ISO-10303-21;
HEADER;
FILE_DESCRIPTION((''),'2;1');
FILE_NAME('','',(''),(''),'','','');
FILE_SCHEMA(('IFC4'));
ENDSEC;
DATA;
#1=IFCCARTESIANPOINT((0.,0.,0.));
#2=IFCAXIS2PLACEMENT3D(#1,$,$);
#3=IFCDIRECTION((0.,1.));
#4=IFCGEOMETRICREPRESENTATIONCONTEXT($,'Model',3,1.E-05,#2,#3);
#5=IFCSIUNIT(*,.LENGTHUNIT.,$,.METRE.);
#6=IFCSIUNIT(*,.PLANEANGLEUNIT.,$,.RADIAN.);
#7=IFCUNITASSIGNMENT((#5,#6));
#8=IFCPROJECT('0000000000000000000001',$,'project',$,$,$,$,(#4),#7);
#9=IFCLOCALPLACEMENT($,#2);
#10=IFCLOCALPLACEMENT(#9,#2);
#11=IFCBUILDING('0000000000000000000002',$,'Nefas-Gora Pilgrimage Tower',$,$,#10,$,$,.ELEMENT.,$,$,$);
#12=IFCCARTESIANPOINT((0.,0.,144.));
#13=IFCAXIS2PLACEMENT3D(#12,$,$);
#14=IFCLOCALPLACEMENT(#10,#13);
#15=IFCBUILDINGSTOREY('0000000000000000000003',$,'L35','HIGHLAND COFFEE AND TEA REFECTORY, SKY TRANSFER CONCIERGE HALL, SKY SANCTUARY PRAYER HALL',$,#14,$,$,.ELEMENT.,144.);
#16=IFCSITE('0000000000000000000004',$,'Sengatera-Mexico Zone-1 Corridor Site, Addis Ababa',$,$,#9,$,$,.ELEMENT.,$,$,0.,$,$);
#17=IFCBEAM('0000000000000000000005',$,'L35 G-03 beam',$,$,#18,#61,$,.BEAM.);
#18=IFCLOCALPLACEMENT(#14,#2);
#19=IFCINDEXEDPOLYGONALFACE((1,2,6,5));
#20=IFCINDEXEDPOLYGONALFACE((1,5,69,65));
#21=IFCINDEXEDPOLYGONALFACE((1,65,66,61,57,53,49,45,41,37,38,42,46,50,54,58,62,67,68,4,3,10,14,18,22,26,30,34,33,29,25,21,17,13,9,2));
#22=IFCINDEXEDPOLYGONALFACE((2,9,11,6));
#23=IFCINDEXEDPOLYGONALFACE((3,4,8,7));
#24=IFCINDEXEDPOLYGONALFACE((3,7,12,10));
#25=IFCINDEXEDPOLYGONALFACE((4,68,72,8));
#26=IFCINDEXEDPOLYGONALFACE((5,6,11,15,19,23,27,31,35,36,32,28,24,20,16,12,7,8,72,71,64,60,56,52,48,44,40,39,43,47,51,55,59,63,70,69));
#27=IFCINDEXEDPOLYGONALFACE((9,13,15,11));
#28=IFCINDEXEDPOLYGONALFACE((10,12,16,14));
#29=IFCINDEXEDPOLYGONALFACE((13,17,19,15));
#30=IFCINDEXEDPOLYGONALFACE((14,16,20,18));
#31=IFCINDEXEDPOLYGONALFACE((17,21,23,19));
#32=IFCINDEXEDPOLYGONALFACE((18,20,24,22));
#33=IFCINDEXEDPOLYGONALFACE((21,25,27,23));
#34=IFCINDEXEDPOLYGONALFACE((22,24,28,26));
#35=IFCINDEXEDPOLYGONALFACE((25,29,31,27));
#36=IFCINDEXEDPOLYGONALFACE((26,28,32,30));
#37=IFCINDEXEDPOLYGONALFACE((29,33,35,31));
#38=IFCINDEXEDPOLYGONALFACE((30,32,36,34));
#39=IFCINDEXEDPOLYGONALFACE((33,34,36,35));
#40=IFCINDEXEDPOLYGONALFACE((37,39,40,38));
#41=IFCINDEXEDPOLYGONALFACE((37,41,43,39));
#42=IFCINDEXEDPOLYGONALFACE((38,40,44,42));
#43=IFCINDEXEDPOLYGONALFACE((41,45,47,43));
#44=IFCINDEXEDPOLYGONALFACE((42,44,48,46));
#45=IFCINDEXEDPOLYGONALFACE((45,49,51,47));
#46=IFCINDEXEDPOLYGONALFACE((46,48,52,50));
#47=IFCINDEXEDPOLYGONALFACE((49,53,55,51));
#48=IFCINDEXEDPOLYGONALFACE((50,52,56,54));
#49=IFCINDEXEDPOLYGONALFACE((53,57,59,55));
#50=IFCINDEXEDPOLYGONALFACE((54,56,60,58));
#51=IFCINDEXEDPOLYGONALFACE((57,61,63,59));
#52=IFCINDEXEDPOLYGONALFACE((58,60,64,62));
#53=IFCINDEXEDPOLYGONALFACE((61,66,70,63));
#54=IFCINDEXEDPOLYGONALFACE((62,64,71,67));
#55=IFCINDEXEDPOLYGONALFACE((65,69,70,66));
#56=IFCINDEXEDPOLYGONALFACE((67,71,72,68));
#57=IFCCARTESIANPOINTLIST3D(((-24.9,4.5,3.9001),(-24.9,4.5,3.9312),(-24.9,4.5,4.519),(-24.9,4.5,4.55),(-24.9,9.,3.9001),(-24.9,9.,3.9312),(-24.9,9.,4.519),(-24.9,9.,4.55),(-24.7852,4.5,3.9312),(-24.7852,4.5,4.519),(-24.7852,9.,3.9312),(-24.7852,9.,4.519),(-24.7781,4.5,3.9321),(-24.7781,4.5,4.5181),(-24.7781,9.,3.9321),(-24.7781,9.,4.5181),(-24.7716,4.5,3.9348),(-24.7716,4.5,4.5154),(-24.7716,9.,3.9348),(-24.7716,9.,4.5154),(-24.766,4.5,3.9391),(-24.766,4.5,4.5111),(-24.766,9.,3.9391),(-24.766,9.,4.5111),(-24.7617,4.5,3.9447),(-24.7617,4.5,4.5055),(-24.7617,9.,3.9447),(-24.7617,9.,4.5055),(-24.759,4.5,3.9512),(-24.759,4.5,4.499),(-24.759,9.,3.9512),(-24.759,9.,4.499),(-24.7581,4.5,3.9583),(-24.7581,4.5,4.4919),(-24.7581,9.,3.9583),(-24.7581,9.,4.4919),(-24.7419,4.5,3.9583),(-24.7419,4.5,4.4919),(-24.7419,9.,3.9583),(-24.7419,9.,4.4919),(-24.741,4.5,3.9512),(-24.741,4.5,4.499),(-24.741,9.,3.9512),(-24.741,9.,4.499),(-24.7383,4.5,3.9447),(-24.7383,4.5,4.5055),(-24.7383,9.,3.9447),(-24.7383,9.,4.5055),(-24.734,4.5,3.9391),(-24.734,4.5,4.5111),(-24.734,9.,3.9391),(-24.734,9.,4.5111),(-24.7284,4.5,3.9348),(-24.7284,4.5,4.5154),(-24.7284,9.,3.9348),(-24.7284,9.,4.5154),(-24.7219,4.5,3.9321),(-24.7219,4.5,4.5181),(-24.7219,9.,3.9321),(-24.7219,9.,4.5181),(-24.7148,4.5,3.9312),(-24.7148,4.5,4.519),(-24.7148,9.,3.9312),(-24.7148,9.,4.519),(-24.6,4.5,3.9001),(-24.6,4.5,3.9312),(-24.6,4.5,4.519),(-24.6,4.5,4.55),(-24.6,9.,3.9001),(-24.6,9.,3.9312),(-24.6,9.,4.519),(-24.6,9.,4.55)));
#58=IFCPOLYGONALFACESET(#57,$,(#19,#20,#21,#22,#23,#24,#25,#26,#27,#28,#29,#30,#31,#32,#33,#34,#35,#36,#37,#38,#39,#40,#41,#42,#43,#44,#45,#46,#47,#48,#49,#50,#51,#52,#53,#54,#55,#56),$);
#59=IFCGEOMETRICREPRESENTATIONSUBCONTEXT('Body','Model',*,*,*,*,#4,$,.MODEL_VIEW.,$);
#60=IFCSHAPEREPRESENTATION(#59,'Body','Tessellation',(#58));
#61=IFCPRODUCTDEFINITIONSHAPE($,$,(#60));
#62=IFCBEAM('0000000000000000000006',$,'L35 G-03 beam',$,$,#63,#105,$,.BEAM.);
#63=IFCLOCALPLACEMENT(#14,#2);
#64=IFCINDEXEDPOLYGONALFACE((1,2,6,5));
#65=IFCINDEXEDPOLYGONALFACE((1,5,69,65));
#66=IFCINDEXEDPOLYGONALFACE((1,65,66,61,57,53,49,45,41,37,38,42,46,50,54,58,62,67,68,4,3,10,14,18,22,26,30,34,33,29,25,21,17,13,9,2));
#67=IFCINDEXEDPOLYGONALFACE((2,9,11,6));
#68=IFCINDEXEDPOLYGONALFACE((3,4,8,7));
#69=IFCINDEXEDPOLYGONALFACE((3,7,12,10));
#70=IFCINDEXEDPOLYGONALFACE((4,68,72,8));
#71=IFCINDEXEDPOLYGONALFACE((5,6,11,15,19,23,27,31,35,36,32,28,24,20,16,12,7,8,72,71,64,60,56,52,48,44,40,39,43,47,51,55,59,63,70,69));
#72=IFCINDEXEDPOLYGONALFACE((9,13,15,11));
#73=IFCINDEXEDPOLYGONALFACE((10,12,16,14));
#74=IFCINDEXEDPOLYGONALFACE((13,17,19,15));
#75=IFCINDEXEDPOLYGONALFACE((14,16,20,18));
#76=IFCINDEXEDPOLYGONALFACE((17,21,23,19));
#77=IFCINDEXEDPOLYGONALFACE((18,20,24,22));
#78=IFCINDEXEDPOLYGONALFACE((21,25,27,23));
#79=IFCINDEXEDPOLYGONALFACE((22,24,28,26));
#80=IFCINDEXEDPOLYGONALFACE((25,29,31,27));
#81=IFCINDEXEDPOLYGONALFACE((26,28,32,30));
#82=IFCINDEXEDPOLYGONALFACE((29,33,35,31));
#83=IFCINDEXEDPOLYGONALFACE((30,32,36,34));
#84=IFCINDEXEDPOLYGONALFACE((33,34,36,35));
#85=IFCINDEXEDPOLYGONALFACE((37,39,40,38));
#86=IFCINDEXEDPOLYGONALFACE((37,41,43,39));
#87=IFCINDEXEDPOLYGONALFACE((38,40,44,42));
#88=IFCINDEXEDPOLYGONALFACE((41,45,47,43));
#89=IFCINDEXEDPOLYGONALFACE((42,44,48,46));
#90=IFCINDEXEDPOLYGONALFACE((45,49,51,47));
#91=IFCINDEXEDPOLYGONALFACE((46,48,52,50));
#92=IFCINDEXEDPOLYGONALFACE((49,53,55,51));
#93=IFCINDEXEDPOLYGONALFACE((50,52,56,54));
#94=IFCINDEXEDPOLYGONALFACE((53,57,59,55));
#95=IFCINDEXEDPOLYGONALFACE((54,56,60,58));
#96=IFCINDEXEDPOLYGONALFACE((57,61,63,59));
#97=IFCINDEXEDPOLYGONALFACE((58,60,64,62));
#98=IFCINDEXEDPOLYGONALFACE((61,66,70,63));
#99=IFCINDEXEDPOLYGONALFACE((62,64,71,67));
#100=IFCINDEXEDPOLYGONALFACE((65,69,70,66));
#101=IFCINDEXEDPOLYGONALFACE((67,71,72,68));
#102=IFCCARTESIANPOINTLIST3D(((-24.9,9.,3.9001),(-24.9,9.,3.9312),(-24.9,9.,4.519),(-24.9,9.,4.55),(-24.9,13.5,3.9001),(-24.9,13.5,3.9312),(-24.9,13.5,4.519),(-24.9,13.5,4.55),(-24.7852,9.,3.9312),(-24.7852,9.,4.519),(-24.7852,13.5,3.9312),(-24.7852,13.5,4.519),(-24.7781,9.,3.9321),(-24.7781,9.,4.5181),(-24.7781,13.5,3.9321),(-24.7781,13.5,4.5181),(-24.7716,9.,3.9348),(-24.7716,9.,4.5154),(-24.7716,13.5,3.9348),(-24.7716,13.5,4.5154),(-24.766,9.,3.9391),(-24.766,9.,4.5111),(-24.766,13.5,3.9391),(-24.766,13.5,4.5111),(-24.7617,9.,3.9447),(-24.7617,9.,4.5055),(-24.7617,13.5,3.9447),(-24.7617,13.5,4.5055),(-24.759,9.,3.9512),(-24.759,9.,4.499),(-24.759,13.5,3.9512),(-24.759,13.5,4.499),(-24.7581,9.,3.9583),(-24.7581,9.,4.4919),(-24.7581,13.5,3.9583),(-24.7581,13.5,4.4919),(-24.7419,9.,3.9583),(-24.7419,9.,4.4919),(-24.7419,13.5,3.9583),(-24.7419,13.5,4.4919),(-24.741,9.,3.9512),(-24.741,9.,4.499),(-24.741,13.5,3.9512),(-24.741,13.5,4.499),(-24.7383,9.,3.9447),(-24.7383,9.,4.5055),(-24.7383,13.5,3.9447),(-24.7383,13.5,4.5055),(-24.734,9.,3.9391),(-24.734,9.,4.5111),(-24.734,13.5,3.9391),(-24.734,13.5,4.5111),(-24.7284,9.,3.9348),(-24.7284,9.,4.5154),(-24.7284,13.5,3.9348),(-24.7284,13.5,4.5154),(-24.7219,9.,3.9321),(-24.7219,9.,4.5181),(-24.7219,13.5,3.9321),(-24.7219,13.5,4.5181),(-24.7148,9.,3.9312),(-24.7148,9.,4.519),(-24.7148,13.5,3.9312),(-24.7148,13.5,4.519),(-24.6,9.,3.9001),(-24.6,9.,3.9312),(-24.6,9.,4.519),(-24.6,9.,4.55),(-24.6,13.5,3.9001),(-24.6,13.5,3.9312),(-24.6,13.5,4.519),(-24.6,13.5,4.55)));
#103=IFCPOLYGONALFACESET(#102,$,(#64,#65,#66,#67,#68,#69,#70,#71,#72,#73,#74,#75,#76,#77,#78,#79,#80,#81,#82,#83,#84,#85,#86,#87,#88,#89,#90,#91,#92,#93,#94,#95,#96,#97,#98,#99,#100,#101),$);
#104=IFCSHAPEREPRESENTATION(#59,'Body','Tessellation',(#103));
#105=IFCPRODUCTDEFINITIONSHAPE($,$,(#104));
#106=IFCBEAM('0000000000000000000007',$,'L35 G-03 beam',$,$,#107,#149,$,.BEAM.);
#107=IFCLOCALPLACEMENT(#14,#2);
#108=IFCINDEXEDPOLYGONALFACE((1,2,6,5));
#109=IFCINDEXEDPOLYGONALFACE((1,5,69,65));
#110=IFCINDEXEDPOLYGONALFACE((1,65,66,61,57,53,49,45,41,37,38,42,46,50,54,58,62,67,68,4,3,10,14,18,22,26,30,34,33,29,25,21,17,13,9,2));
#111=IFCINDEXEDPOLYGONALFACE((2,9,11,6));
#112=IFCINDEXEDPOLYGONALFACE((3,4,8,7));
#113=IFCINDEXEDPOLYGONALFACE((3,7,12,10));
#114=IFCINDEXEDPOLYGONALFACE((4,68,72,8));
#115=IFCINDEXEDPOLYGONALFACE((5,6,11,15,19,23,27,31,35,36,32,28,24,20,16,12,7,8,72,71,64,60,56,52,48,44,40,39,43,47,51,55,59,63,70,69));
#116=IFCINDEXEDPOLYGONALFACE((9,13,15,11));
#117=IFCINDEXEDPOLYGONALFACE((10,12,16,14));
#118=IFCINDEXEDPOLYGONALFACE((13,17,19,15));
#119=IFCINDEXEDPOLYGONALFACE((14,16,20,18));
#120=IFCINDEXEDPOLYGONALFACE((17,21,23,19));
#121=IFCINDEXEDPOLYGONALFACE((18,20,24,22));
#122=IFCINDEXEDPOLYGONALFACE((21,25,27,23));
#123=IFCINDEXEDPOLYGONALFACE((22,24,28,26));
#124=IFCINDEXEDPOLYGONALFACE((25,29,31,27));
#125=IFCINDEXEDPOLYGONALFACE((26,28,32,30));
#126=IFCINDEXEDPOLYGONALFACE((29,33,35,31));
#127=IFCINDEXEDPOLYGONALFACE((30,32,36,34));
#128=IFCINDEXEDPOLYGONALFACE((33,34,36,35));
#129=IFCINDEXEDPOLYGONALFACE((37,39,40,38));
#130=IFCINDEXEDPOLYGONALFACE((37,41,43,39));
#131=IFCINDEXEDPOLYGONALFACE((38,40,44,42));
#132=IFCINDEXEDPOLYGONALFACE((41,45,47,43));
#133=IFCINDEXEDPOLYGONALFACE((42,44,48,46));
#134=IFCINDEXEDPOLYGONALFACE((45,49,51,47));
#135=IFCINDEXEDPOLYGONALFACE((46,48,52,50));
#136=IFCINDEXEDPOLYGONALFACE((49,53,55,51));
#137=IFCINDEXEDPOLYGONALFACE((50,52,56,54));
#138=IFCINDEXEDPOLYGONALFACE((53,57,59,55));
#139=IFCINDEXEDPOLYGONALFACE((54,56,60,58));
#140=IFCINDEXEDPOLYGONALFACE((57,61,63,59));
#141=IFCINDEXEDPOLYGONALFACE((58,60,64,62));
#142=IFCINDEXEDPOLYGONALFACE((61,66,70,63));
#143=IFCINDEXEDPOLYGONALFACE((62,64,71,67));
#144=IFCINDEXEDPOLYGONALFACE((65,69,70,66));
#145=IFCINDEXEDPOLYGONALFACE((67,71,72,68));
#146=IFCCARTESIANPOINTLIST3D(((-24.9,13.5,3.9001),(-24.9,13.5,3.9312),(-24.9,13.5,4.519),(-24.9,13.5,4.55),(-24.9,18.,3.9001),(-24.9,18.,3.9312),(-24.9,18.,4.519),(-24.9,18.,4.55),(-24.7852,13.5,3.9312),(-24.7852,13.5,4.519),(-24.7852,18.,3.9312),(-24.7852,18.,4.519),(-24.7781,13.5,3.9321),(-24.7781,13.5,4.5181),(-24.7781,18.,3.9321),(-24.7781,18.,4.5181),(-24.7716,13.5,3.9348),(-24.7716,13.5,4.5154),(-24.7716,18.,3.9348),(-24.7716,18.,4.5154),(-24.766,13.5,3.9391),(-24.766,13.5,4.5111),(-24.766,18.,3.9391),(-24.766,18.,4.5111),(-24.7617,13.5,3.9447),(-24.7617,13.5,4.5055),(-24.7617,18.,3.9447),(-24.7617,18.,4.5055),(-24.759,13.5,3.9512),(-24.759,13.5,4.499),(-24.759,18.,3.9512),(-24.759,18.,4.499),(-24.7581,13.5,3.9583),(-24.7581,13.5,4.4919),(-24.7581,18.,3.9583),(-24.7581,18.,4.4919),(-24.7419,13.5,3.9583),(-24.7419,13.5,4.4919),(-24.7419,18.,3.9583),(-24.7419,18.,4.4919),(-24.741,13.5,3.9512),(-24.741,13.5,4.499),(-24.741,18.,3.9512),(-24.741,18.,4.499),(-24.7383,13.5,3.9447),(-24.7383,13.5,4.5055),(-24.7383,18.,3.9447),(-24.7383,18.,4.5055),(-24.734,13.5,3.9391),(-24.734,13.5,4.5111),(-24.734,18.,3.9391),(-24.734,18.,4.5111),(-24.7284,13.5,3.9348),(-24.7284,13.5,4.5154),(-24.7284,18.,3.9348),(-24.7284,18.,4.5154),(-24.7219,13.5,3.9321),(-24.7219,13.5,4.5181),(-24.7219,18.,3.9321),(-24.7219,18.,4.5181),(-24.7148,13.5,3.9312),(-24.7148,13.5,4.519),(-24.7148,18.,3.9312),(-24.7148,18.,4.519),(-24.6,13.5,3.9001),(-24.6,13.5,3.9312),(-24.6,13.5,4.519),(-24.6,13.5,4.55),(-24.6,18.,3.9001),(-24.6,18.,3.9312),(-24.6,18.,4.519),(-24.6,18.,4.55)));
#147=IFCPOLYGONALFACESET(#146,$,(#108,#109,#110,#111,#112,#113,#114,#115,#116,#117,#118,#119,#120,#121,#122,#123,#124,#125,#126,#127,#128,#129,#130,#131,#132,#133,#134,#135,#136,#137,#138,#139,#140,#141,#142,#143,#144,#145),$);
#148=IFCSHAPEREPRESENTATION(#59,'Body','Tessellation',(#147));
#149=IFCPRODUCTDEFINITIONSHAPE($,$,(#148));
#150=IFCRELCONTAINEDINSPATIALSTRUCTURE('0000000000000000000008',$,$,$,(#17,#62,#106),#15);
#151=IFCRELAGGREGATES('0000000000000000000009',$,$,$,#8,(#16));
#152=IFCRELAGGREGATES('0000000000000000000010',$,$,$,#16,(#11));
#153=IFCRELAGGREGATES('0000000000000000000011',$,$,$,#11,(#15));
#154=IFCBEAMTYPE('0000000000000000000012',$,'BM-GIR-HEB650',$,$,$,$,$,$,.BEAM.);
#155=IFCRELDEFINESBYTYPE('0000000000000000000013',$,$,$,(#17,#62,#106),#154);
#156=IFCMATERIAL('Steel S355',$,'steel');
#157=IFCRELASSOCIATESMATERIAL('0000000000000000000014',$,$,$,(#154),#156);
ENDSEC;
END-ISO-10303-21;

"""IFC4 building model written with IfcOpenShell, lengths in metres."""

from ifc_helpers import new_model, si_unit, direction, frame, origin, origin_2d, place, context, subcontext, project, spatial, i_section, extrude, source, transform, mapped, material, material_profile, profile_set, type_object, element, save


model = new_model("IFC4")

# Units and contexts
model_context = context("Model", 3, precision=1e-05, world=origin(), true_north=direction((0.0, 1.0)))
body_context = subcontext(model_context, "Body", "Model", "MODEL_VIEW")
ifc_project = project(units=[si_unit("LENGTHUNIT", "METRE"), si_unit("PLANEANGLEUNIT", "RADIAN")], contexts=[model_context])

# Site, building, storey
site_placement = place(None, origin())
site = spatial("IfcSite", under=ifc_project, at=site_placement, Name="Sengatera-Mexico Zone-1 Corridor Site, Addis Ababa", CompositionType="ELEMENT", RefElevation=0.0)
building_placement = place(site_placement, origin())
building = spatial("IfcBuilding", under=site, at=building_placement, Name="Nefas-Gora Pilgrimage Tower", CompositionType="ELEMENT")
storey_placement = place(building_placement, frame((0.0, 0.0, 144.0)))
storey = spatial("IfcBuildingStorey", under=building, at=storey_placement, Name="L35", Description="HIGHLAND COFFEE AND TEA REFECTORY, SKY TRANSFER CONCIERGE HALL, SKY SANCTUARY PRAYER HALL", CompositionType="ELEMENT", Elevation=144.0)

# Beams
ifc_material_1 = material(Name="Steel S355", Category="steel")
ifc_material_profile_1 = material_profile(ifc_material_1, i_section(OverallWidth=0.3, OverallDepth=0.6499, WebThickness=0.0161, FlangeThickness=0.031, FilletRadius=0.0271, at=origin_2d()), Name="HEB 650")
ifc_profile_set_1 = profile_set([ifc_material_profile_1], Name="Steel S355")
beam_type_1 = type_object("IfcBeamType", Name="BM-GIR-HEB650", PredefinedType="BEAM", material=ifc_profile_set_1)
shared_shape_1 = source(origin(), body_context, "Body", "SweptSolid", [
    extrude(i_section(OverallWidth=0.3, OverallDepth=0.6499, WebThickness=0.0161, FlangeThickness=0.031, FilletRadius=0.0271, at=origin_2d()), origin(), (0.0, 0.0, 1.0), 4.5),
])
for number, where, z_axis, x_axis, name in (
    (1, (-24.75, 4.5, 4.2251), (0.0, 1.0, 0.0), (-1.0, 0.0, 0.0), "L35 G-03 beam"),
    (2, (-24.75, 9.0, 4.2251), (0.0, 1.0, 0.0), (-1.0, 0.0, 0.0), "L35 G-03 beam"),
    (3, (-24.75, 13.5, 4.2251), (0.0, 1.0, 0.0), (-1.0, 0.0, 0.0), "L35 G-03 beam"),
):
    element("IfcBeam", number, at=place(storey_placement, frame(where, z_axis=z_axis, x_axis=x_axis)), inside=storey, type_object=beam_type_1, Name=name, PredefinedType="BEAM", context=body_context, shape_type="MappedRepresentation", body=[
        mapped(shared_shape_1, transform((0.0, 0.0, 0.0), x_axis=(1.0, 0.0, 0.0), y_axis=(0.0, 1.0, 0.0), z_axis=(0.0, 0.0, 1.0), scale=1.0)),
    ])

save(model, "model.ifc")
